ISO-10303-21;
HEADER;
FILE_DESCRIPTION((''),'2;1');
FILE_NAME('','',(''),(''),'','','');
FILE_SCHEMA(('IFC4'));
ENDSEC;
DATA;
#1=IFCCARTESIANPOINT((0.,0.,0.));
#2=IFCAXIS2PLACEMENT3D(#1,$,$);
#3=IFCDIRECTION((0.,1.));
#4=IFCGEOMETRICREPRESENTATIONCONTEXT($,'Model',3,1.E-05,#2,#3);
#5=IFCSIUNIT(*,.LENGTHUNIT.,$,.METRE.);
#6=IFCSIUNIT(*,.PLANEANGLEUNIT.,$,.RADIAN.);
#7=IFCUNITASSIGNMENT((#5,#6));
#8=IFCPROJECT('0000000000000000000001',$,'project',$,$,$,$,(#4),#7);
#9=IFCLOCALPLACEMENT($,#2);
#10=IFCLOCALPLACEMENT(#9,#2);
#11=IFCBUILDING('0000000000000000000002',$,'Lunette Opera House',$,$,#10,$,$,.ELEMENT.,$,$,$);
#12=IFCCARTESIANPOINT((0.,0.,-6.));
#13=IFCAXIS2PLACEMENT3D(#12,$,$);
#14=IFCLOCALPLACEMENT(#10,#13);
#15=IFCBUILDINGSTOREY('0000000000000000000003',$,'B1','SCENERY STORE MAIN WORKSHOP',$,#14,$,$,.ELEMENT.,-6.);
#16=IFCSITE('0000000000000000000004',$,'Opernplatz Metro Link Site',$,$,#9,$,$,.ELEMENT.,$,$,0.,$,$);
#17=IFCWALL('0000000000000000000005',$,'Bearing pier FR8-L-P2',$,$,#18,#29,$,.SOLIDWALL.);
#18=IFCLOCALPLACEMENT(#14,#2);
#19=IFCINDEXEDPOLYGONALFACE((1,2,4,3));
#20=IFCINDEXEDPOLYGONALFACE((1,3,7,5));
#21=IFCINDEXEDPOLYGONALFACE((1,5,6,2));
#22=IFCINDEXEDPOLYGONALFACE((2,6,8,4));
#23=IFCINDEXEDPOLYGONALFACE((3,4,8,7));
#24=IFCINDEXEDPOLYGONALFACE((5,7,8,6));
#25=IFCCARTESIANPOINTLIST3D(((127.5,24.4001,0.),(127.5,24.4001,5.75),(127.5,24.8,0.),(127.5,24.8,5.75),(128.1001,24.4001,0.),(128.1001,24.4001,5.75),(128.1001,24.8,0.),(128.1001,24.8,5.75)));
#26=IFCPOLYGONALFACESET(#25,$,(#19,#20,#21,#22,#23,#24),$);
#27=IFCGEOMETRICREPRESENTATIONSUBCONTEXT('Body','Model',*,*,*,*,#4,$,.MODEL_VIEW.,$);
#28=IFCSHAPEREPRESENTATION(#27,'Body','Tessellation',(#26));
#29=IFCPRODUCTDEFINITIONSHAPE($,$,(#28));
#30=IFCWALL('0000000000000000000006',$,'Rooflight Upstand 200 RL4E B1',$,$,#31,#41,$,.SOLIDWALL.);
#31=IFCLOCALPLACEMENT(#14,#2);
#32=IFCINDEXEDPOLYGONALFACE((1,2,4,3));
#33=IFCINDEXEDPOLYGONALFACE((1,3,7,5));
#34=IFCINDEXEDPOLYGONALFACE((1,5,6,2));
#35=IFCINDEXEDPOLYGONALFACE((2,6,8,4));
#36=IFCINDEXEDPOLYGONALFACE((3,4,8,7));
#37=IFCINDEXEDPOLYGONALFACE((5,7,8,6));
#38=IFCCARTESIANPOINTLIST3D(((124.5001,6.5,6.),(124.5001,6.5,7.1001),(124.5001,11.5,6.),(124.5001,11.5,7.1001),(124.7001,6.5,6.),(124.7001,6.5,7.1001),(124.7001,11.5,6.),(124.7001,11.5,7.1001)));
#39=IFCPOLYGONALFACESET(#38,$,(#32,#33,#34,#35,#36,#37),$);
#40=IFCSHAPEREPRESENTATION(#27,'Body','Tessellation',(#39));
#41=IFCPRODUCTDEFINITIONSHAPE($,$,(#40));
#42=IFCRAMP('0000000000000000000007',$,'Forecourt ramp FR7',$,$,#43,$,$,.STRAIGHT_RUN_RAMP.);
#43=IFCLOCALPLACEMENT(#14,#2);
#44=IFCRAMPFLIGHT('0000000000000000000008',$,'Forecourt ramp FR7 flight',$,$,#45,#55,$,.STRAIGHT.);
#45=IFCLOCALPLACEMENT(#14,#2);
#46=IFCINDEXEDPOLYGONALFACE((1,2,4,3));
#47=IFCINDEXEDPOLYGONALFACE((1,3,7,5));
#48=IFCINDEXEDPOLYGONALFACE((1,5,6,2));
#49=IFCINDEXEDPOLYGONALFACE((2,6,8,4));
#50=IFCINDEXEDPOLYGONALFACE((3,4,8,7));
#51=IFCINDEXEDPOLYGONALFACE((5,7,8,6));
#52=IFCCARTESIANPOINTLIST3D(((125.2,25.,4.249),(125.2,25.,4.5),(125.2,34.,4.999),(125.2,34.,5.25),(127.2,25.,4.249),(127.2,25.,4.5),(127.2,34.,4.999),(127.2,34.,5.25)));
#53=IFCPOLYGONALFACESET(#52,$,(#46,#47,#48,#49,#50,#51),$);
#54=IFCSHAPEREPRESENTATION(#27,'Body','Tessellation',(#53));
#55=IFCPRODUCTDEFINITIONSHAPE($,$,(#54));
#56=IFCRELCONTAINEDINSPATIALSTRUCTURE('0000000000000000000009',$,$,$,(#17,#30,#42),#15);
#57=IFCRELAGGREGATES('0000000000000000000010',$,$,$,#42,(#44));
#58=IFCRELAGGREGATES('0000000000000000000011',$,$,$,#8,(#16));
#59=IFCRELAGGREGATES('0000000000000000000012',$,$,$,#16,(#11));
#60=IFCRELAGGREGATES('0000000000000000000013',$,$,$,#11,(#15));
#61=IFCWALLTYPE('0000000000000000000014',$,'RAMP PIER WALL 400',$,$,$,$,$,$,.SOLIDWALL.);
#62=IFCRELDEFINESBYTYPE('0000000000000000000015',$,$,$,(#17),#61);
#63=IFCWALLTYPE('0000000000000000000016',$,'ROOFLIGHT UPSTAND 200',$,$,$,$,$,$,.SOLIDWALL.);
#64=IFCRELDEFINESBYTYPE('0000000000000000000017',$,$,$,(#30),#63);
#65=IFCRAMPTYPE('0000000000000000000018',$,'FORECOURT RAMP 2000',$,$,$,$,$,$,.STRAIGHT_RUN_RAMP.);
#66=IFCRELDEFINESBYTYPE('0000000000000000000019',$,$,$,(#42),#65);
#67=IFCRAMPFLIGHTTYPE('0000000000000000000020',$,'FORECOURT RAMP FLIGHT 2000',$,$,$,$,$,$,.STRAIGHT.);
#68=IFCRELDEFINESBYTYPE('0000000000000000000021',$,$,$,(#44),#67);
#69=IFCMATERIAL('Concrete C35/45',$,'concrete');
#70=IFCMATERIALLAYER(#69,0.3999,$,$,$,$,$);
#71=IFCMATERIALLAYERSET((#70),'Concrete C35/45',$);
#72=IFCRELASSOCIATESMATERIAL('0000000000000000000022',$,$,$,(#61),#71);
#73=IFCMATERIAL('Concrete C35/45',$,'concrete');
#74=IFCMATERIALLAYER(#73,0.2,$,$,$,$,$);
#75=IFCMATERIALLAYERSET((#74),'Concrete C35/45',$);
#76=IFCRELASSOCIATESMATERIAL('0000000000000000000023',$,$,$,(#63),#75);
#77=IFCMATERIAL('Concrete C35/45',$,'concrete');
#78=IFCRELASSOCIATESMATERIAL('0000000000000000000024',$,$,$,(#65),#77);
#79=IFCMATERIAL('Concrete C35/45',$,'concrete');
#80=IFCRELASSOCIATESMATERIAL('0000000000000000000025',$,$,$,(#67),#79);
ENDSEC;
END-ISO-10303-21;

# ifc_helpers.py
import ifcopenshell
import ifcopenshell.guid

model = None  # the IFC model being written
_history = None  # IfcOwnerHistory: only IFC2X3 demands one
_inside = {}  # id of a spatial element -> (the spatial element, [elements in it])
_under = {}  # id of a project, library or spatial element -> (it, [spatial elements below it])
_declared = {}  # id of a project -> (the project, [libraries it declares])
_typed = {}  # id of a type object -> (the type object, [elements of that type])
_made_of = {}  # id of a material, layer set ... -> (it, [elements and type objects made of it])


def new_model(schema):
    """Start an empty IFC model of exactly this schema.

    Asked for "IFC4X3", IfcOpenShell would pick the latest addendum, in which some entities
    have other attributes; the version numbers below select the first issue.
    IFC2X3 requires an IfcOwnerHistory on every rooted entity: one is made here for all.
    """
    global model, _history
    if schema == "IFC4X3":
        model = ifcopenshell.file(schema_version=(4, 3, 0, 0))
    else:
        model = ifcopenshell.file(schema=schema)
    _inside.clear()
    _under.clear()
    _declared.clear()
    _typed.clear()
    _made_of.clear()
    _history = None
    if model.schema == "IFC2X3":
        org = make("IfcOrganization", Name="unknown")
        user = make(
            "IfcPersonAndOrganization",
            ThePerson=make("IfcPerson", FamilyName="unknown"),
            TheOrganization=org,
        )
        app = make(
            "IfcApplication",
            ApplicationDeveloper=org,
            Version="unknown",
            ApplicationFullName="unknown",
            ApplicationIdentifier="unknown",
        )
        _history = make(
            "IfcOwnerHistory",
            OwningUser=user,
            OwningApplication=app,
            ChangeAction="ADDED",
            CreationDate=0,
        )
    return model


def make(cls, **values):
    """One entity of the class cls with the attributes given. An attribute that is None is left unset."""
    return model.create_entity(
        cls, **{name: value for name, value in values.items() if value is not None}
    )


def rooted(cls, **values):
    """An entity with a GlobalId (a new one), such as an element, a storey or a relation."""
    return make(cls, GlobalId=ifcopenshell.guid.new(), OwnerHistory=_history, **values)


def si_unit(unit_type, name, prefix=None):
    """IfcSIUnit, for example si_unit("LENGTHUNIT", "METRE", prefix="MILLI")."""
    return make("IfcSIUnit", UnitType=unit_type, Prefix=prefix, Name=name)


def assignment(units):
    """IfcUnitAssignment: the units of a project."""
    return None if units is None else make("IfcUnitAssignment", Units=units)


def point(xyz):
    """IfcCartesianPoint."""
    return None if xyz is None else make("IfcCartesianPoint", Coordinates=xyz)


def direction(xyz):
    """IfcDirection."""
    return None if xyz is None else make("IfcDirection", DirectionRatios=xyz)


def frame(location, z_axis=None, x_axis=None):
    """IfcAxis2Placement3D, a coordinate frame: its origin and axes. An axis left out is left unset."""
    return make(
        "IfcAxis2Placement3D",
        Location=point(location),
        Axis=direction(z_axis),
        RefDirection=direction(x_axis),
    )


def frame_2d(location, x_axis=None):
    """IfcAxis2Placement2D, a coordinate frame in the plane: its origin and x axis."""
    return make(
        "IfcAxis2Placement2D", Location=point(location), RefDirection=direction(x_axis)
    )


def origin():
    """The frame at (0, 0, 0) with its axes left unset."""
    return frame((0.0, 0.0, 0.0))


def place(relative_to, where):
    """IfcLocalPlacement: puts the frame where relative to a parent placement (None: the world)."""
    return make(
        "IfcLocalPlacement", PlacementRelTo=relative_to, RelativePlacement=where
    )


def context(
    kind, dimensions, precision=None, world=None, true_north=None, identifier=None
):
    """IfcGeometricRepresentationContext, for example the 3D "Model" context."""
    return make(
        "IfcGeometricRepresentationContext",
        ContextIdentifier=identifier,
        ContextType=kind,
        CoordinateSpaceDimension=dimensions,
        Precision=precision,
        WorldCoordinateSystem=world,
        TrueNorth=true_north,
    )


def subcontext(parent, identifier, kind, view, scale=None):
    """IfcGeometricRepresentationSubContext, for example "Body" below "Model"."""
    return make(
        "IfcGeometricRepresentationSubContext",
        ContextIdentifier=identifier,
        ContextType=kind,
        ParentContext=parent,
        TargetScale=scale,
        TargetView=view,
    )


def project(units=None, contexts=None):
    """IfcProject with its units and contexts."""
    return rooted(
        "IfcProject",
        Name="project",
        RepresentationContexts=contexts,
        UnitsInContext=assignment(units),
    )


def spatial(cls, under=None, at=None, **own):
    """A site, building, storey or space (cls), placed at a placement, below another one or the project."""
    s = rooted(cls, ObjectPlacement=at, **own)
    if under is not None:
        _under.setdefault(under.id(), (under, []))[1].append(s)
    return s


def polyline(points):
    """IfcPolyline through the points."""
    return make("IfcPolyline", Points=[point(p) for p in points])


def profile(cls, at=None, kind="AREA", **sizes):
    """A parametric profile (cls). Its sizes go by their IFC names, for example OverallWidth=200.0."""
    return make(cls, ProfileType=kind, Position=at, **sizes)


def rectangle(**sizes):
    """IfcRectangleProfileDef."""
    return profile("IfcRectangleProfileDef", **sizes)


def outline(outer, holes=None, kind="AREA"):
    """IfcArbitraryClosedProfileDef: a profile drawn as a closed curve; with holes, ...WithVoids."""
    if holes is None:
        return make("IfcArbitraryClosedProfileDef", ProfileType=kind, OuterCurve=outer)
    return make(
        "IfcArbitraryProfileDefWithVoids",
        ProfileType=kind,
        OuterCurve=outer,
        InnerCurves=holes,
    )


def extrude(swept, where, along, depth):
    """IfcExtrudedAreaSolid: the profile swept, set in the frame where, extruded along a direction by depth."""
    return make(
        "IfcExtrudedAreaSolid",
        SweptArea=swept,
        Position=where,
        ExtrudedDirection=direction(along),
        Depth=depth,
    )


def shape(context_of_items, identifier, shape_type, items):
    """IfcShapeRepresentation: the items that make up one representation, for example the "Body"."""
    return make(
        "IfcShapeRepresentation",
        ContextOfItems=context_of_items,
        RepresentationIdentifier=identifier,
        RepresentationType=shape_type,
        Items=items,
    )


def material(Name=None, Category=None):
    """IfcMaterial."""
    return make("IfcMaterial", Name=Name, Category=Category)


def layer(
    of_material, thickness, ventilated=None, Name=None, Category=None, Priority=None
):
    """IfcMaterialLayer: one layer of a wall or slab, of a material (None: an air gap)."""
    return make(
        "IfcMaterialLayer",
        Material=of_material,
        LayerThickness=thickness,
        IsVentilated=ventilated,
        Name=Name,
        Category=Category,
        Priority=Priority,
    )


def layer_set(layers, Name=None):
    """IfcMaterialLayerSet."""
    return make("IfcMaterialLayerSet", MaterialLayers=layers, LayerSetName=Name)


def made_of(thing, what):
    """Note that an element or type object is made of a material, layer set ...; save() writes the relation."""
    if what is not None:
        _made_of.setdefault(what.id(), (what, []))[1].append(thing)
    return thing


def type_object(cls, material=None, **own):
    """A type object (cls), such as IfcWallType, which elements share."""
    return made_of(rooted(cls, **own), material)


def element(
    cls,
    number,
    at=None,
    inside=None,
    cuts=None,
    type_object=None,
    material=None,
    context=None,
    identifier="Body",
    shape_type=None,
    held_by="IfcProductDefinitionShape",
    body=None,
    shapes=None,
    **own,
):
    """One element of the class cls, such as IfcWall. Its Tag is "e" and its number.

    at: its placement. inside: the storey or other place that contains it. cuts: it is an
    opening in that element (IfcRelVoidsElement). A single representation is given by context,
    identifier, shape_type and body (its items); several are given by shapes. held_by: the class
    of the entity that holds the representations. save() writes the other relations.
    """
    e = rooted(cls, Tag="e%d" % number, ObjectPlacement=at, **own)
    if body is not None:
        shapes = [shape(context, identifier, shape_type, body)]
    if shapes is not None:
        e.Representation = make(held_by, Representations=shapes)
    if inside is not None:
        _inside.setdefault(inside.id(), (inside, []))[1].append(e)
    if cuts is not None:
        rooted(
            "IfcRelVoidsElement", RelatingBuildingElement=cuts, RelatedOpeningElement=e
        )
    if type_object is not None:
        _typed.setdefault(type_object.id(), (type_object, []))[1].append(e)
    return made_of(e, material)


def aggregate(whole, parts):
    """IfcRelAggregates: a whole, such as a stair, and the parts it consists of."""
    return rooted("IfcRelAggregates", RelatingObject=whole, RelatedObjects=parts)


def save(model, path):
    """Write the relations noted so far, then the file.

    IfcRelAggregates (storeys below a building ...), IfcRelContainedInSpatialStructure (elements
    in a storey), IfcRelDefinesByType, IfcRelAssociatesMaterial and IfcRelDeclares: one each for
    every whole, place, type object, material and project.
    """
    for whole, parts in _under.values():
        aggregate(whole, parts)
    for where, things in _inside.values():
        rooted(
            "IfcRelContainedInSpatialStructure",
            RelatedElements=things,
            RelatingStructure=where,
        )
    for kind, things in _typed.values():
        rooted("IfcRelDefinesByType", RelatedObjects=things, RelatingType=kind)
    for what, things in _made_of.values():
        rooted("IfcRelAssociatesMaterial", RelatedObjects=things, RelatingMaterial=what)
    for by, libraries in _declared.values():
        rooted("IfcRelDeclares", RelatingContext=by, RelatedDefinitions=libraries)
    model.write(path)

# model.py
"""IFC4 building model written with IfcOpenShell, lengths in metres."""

from ifc_helpers import new_model, si_unit, direction, frame, frame_2d, origin, place, context, subcontext, project, spatial, polyline, rectangle, outline, extrude, material, layer, layer_set, type_object, element, aggregate, save


model = new_model("IFC4")

# Units and contexts
model_context = context("Model", 3, precision=1e-05, world=origin(), true_north=direction((0.0, 1.0)))
body_context = subcontext(model_context, "Body", "Model", "MODEL_VIEW")
ifc_project = project(units=[si_unit("LENGTHUNIT", "METRE"), si_unit("PLANEANGLEUNIT", "RADIAN")], contexts=[model_context])

# Site, building, storey
site_placement = place(None, origin())
site = spatial("IfcSite", under=ifc_project, at=site_placement, Name="Opernplatz Metro Link Site", CompositionType="ELEMENT", RefElevation=0.0)
building_placement = place(site_placement, origin())
building = spatial("IfcBuilding", under=site, at=building_placement, Name="Lunette Opera House", CompositionType="ELEMENT")
storey_placement = place(building_placement, frame((0.0, 0.0, -6.0)))
storey = spatial("IfcBuildingStorey", under=building, at=storey_placement, Name="B1", Description="SCENERY STORE MAIN WORKSHOP", CompositionType="ELEMENT", Elevation=-6.0)

# Walls
ifc_material_1 = material(Name="Concrete C35/45", Category="concrete")
ifc_layer_1 = layer(ifc_material_1, 0.3999)
ifc_layer_set_1 = layer_set([ifc_layer_1], Name="Concrete C35/45")
wall_type_1 = type_object("IfcWallType", Name="RAMP PIER WALL 400", PredefinedType="SOLIDWALL", material=ifc_layer_set_1)
for number, where, z_axis, x_axis, name in (
    (1, (127.5, 24.6001, 0.0), (0.0, 0.0, 1.0), (1.0, 0.0, 0.0), "Bearing pier FR8-L-P2"),
):
    element("IfcWall", number, at=place(storey_placement, frame(where, z_axis=z_axis, x_axis=x_axis)), inside=storey, type_object=wall_type_1, Name=name, PredefinedType="SOLIDWALL", context=body_context, shape_type="SweptSolid", body=[
        extrude(rectangle(XDim=0.6001, YDim=0.3999, at=frame_2d((0.3, 0.0))), origin(), (0.0, 0.0, 1.0), 5.75),
    ])
ifc_material_2 = material(Name="Concrete C35/45", Category="concrete")
ifc_layer_2 = layer(ifc_material_2, 0.2)
ifc_layer_set_2 = layer_set([ifc_layer_2], Name="Concrete C35/45")
wall_type_2 = type_object("IfcWallType", Name="ROOFLIGHT UPSTAND 200", PredefinedType="SOLIDWALL", material=ifc_layer_set_2)
wall_1_placement = place(storey_placement, frame((124.6001, 6.5, 6.0), z_axis=(0.0, 0.0, 1.0), x_axis=(0.0, 1.0, 0.0)))
element("IfcWall", 2, at=wall_1_placement, inside=storey, type_object=wall_type_2, Name="Rooflight Upstand 200 RL4E B1", PredefinedType="SOLIDWALL", context=body_context, shape_type="SweptSolid", body=[
    extrude(rectangle(XDim=5.0, YDim=0.2, at=frame_2d((2.5, 0.0))), origin(), (0.0, 0.0, 1.0), 1.1001),
])

# Ramp, ramp flight
ifc_material_3 = material(Name="Concrete C35/45", Category="concrete")
ramp_type = type_object("IfcRampType", Name="FORECOURT RAMP 2000", PredefinedType="STRAIGHT_RUN_RAMP", material=ifc_material_3)
ramp_placement = place(storey_placement, origin())
ramp = element("IfcRamp", 3, at=ramp_placement, inside=storey, type_object=ramp_type, Name="Forecourt ramp FR7", PredefinedType="STRAIGHT_RUN_RAMP")
ifc_material_4 = material(Name="Concrete C35/45", Category="concrete")
ramp_flight_type = type_object("IfcRampFlightType", Name="FORECOURT RAMP FLIGHT 2000", PredefinedType="STRAIGHT", material=ifc_material_4)
ramp_flight_placement = place(storey_placement, frame((126.2, 25.0, 4.5), z_axis=(0.0, 0.0, 1.0), x_axis=(0.0, 1.0, 0.0)))
ramp_flight = element("IfcRampFlight", 4, at=ramp_flight_placement, type_object=ramp_flight_type, Name="Forecourt ramp FR7 flight", PredefinedType="STRAIGHT", context=body_context, shape_type="SweptSolid", body=[
    extrude(outline(polyline([(0.0, 0.0), (9.0, 0.75), (9.0, 0.499), (0.0, -0.251), (0.0, 0.0)])), frame((0.0, 1.0, 0.0), z_axis=(0.0, -1.0, 0.0), x_axis=(1.0, 0.0, 0.0)), (0.0, 0.0, 1.0), 2.0),
])
aggregate(ramp, [ramp_flight])

save(model, "model.ifc")
